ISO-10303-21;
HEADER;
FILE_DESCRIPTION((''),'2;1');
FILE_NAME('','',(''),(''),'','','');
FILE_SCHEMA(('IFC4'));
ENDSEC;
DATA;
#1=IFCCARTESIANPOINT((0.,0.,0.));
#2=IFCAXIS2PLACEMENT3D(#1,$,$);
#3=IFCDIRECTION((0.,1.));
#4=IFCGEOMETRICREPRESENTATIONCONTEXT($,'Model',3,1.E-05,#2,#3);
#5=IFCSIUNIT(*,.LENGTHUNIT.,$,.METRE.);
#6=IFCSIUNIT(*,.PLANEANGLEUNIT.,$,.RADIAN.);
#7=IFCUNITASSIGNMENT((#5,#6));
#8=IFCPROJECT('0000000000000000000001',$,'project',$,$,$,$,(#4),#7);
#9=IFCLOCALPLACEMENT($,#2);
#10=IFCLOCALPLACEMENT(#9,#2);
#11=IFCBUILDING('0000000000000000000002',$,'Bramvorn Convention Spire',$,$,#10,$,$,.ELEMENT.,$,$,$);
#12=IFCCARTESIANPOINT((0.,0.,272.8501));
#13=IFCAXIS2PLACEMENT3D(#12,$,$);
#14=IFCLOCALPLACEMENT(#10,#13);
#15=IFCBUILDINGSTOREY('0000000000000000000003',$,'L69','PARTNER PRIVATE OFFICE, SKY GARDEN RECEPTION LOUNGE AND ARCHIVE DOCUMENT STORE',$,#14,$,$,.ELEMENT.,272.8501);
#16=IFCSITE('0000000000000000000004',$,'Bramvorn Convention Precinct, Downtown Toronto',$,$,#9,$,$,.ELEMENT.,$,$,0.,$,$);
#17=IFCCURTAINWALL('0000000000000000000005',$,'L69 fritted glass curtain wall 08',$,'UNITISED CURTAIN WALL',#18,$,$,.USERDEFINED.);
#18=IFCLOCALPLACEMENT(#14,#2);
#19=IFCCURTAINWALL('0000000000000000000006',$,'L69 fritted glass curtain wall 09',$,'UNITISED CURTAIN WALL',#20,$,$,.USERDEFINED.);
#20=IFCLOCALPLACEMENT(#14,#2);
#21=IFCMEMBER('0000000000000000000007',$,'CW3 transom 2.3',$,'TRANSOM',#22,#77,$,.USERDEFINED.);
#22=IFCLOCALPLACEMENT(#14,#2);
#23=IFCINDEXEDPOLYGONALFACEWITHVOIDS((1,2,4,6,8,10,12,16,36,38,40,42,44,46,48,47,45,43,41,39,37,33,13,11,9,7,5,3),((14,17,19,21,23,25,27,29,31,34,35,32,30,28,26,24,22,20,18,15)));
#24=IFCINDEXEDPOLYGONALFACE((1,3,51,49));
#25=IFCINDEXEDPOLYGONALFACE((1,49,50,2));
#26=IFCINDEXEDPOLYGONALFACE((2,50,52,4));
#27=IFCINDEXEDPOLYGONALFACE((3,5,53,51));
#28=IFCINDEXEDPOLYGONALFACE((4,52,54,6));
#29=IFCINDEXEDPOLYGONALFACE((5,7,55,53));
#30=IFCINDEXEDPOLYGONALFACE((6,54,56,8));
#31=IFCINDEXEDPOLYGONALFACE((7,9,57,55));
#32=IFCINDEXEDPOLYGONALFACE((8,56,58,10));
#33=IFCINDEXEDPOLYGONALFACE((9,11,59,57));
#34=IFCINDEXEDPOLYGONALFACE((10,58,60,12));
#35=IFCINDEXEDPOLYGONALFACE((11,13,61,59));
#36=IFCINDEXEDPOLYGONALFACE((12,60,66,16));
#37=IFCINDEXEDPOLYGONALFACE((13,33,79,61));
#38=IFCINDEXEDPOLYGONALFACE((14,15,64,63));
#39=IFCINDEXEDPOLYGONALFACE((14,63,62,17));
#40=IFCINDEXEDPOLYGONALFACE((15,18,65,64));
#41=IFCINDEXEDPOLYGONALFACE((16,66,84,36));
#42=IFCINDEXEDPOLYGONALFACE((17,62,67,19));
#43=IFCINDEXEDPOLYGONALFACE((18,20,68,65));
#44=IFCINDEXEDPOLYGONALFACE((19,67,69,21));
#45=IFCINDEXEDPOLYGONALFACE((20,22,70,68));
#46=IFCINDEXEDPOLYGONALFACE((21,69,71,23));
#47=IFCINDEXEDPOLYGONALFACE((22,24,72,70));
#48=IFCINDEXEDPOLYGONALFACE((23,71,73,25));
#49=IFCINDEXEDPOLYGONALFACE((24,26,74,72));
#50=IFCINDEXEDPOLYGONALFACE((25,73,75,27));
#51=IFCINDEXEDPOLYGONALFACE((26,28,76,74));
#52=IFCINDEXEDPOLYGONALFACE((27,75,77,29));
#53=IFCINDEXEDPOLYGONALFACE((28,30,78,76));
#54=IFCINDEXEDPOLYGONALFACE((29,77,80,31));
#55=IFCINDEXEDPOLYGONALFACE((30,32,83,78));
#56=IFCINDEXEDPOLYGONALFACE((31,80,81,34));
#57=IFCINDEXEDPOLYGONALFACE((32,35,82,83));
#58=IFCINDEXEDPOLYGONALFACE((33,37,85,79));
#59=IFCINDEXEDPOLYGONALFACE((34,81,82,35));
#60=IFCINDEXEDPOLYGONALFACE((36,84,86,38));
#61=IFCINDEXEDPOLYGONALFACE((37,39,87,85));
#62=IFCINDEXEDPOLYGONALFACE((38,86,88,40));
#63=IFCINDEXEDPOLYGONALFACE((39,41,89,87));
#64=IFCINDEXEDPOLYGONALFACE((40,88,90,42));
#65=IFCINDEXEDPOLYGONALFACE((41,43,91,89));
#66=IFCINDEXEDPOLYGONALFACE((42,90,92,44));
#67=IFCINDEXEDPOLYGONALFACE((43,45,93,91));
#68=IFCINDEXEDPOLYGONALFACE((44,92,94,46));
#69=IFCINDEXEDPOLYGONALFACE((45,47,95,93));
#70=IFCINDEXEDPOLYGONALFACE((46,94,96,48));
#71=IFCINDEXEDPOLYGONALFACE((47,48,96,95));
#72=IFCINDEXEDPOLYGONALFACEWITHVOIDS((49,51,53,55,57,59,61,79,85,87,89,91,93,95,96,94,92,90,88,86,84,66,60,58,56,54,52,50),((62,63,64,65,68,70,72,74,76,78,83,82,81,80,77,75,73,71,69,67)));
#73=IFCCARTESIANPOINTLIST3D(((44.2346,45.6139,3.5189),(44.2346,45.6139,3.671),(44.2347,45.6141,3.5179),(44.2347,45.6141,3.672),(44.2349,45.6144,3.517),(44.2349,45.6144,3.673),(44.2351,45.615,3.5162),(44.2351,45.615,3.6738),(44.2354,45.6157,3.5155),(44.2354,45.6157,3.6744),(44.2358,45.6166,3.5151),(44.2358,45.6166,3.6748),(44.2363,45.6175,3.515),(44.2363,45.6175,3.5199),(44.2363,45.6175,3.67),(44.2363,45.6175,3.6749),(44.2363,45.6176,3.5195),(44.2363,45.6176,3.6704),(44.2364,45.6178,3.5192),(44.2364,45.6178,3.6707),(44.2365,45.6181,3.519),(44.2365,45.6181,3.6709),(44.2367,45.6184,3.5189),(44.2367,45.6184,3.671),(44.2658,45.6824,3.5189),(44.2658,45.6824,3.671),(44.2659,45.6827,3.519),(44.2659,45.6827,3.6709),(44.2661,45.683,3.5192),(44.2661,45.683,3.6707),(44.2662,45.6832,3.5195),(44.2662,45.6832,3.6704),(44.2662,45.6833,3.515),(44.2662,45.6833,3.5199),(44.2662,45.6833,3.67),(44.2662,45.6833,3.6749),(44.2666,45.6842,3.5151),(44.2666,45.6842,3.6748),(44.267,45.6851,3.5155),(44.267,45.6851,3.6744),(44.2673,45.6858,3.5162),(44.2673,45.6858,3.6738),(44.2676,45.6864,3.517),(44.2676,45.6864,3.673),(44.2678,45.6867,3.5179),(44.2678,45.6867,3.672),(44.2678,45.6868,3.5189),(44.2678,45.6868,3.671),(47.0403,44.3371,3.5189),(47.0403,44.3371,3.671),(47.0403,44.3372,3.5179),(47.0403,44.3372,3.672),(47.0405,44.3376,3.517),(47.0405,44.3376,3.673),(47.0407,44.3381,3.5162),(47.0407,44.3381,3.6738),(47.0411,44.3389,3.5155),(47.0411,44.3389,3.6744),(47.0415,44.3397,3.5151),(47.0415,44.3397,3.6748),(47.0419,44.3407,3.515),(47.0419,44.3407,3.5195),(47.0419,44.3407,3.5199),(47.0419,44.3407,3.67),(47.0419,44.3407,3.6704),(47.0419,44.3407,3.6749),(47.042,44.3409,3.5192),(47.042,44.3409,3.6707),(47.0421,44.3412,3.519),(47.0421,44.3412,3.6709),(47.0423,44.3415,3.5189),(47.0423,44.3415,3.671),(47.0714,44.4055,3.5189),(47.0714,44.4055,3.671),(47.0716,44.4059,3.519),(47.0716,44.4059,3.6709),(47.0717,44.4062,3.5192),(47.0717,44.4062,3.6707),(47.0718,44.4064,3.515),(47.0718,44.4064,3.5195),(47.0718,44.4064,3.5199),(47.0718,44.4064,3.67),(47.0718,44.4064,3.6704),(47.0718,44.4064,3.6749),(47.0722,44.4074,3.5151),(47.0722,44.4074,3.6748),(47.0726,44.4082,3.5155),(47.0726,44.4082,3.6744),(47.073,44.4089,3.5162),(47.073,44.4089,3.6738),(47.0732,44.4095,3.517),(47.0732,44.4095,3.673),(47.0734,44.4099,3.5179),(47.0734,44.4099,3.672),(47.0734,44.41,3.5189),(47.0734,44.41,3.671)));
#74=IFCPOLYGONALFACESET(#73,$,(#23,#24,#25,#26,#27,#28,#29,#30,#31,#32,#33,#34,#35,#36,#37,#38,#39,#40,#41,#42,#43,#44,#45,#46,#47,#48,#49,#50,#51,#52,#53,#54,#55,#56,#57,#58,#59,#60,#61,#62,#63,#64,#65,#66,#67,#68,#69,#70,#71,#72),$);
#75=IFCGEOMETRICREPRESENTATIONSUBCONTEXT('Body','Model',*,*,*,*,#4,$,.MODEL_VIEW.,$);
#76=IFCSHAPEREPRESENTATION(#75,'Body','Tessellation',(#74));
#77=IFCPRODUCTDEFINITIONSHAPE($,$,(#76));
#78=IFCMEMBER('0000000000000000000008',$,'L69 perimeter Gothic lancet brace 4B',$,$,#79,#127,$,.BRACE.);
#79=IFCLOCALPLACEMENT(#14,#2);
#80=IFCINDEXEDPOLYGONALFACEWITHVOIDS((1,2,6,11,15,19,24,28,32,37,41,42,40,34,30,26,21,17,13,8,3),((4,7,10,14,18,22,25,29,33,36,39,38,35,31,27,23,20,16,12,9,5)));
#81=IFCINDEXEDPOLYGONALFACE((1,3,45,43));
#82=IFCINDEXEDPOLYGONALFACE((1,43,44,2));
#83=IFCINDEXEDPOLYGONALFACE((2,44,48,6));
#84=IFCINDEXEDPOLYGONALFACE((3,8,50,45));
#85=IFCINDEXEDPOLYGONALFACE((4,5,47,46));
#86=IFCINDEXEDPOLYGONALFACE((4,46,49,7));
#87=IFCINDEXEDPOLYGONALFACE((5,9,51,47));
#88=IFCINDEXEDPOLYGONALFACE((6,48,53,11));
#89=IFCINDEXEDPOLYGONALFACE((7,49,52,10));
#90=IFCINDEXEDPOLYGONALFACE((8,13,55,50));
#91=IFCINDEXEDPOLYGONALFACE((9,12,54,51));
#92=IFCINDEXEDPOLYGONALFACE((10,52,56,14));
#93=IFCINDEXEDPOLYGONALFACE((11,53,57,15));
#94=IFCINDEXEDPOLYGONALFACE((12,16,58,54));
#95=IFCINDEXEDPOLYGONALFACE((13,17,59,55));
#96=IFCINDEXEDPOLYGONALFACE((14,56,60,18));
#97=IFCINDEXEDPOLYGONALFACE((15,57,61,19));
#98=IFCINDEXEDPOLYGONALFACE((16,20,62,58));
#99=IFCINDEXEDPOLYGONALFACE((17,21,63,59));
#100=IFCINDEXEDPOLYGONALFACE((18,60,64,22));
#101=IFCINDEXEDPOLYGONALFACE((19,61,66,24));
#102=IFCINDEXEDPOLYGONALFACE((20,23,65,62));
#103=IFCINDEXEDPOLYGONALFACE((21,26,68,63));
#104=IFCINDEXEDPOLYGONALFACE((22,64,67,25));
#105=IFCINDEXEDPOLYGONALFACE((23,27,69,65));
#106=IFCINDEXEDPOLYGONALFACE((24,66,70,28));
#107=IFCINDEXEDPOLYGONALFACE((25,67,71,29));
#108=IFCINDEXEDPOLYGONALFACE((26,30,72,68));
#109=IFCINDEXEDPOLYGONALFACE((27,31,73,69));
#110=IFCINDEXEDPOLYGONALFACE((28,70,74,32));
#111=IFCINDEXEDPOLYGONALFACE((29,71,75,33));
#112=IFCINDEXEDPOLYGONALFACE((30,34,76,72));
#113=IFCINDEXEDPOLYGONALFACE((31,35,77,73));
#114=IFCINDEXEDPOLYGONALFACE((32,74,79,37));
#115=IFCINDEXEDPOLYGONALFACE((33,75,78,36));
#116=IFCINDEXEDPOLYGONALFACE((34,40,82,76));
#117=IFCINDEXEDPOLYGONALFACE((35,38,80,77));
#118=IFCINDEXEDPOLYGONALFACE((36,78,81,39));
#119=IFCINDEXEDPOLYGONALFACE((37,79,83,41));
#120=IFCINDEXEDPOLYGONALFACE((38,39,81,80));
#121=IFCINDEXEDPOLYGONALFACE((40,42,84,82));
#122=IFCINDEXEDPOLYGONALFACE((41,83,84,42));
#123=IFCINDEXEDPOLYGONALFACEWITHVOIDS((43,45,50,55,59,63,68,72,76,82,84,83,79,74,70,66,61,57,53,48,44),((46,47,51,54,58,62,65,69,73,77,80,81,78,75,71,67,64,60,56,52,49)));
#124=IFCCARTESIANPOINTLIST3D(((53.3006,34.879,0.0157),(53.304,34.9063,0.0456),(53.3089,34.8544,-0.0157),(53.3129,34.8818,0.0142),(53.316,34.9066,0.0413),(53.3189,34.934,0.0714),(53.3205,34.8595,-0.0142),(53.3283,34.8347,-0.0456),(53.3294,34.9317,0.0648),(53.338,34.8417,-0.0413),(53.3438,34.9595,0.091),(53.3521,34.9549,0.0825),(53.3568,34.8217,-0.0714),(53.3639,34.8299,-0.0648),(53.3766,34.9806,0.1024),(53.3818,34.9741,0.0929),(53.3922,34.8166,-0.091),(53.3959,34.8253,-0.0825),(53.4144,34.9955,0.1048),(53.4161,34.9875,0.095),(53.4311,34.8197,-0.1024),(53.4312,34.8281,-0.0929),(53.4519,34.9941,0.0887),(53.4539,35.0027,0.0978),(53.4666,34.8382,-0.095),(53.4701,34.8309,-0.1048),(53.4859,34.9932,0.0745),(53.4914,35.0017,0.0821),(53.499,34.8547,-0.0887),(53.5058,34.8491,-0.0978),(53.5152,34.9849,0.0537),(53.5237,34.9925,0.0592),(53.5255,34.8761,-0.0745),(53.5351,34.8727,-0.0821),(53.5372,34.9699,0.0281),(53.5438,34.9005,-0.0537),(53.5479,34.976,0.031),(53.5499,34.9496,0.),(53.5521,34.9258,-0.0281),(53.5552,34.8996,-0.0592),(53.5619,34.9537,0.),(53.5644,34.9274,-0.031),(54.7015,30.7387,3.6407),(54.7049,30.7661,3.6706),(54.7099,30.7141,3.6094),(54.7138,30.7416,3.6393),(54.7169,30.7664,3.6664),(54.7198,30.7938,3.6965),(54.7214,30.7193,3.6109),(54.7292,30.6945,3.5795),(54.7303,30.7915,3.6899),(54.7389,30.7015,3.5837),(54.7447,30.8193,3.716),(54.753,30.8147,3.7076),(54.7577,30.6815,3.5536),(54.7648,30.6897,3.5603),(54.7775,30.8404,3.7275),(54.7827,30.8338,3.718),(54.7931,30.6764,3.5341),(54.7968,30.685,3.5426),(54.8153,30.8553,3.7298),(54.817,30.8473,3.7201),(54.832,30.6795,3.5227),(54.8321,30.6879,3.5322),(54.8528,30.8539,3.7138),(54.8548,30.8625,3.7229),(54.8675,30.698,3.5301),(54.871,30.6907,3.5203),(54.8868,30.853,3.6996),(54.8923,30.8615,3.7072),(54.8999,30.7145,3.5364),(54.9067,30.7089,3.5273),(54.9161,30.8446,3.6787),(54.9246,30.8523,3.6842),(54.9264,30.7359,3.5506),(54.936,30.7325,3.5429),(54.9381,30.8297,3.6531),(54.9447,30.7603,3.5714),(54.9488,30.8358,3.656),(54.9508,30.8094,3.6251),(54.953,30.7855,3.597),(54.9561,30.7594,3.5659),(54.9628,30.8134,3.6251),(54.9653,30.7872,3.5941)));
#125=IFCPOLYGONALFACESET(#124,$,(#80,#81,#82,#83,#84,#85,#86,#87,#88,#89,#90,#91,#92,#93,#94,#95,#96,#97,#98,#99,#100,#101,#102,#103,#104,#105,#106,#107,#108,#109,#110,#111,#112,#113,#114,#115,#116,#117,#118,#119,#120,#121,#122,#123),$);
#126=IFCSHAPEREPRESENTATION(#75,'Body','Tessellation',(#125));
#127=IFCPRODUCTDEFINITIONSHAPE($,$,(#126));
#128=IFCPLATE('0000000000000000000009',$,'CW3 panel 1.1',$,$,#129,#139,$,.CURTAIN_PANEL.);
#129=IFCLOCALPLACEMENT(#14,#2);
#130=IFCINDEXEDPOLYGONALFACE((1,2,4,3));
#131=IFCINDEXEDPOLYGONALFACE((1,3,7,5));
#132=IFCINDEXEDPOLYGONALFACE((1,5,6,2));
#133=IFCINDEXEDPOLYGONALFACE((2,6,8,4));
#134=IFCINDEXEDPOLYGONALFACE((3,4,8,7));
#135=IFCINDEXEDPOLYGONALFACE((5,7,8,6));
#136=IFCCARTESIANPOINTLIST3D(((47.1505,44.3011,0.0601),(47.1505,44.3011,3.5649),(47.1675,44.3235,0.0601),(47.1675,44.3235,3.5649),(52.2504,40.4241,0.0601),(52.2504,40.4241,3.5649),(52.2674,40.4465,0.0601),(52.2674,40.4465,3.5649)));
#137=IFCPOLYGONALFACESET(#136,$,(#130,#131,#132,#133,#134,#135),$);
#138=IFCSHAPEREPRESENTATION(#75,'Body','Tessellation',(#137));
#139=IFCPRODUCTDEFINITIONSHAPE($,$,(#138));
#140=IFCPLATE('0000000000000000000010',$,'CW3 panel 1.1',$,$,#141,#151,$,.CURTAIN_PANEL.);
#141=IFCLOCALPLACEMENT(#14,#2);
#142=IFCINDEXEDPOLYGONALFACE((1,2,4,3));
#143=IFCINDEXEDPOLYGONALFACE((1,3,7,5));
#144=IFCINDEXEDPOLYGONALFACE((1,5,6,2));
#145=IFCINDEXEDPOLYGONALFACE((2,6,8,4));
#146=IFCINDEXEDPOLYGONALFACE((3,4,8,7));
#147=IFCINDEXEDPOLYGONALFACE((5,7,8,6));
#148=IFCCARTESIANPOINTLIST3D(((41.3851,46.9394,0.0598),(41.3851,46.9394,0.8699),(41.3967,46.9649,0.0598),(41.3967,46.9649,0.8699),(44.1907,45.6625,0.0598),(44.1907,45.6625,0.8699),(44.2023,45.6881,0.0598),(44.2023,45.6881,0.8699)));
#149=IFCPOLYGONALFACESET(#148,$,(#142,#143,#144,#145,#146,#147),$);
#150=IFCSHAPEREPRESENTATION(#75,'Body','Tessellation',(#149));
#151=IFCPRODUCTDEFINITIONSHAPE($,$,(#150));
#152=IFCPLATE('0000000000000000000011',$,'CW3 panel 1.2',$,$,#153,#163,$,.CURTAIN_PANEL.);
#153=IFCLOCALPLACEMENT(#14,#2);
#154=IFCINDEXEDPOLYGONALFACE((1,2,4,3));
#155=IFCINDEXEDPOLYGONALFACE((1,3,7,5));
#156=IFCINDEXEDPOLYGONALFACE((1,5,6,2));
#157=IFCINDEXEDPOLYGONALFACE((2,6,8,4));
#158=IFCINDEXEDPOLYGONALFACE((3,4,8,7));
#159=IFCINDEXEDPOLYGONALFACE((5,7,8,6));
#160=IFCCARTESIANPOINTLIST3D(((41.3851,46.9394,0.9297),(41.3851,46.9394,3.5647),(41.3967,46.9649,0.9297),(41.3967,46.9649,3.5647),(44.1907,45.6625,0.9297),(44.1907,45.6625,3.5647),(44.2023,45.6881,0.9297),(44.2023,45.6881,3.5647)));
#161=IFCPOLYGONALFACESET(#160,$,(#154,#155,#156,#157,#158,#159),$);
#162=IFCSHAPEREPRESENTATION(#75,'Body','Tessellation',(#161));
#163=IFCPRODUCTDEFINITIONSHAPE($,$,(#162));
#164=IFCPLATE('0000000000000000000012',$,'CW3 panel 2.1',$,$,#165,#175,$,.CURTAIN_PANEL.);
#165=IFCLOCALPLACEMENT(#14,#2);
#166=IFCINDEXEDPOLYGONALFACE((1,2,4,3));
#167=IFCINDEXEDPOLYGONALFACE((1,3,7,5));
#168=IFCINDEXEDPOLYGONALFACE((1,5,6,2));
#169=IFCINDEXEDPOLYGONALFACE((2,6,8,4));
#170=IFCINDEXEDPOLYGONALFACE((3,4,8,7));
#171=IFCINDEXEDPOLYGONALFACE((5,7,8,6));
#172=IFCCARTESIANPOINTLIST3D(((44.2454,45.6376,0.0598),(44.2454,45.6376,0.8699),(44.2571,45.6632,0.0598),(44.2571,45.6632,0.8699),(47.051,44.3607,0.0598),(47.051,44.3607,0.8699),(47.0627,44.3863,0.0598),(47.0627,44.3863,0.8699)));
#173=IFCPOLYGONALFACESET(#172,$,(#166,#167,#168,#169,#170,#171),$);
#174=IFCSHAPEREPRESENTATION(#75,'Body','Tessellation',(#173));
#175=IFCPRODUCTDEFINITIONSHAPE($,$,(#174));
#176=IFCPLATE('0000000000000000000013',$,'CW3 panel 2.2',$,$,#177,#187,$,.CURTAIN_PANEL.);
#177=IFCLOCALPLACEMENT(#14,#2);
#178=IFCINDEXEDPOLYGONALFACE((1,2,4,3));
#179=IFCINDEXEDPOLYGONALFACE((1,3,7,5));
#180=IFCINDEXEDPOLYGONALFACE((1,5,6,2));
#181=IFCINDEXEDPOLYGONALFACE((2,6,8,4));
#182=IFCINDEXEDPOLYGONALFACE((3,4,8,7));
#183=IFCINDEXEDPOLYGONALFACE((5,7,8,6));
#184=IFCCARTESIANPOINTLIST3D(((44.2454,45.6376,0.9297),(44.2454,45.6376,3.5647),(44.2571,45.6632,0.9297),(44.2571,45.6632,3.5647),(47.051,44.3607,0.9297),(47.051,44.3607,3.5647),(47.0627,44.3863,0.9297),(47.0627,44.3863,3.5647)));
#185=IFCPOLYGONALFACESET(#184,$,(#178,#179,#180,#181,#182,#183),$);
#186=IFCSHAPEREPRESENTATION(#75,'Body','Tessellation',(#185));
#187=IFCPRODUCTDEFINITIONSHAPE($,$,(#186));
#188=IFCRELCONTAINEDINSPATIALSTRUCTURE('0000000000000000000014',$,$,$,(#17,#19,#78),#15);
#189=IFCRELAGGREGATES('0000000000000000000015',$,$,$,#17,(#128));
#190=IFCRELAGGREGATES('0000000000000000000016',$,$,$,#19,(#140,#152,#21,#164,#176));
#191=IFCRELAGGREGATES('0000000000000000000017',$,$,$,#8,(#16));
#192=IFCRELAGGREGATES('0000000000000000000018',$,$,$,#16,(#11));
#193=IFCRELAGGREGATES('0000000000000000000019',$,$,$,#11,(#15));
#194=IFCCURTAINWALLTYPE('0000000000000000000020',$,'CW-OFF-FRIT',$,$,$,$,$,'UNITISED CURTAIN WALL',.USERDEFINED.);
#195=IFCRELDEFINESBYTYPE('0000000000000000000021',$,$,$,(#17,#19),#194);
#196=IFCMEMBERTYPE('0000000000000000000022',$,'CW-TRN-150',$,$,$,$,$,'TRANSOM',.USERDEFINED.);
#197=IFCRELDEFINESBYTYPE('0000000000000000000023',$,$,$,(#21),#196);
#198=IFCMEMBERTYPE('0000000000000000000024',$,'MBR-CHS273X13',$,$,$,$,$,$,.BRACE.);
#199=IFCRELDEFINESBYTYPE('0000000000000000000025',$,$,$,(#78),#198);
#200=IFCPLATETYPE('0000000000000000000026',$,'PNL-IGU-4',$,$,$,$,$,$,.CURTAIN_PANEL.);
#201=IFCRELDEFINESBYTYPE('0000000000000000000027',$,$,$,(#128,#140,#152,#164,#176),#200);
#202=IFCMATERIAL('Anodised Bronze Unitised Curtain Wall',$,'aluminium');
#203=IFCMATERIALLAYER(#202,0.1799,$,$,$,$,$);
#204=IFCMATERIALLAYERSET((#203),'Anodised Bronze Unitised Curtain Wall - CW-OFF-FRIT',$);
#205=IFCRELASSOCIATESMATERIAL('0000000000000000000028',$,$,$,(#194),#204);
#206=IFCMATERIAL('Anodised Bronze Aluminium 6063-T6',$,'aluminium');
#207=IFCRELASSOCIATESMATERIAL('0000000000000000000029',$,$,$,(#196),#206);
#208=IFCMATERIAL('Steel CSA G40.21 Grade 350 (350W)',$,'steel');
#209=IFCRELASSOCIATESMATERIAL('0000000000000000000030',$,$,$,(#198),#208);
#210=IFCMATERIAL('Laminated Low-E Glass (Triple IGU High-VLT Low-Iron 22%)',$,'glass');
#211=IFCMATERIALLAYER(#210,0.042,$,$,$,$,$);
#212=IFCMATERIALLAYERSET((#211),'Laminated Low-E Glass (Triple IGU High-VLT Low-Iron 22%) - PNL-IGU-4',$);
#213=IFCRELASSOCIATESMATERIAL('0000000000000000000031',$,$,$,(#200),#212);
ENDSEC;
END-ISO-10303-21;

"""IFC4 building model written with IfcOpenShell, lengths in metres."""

from ifc_helpers import new_model, si_unit, direction, frame, origin, origin_2d, place, context, subcontext, project, spatial, rectangle, hollow_rectangle, hollow_circle, extrude, material, layer, layer_set, material_profile, profile_set, type_object, element, aggregate, save


model = new_model("IFC4")

# Units and contexts
model_context = context("Model", 3, precision=1e-05, world=origin(), true_north=direction((0.0, 1.0)))
body_context = subcontext(model_context, "Body", "Model", "MODEL_VIEW")
ifc_project = project(units=[si_unit("LENGTHUNIT", "METRE"), si_unit("PLANEANGLEUNIT", "RADIAN")], contexts=[model_context])

# Site, building, storey
site_placement = place(None, origin())
site = spatial("IfcSite", under=ifc_project, at=site_placement, Name="Bramvorn Convention Precinct, Downtown Toronto", CompositionType="ELEMENT", RefElevation=0.0)
building_placement = place(site_placement, origin())
building = spatial("IfcBuilding", under=site, at=building_placement, Name="Bramvorn Convention Spire", CompositionType="ELEMENT")
storey_placement = place(building_placement, frame((0.0, 0.0, 272.8501)))
storey = spatial("IfcBuildingStorey", under=building, at=storey_placement, Name="L69", Description="PARTNER PRIVATE OFFICE, SKY GARDEN RECEPTION LOUNGE AND ARCHIVE DOCUMENT STORE", CompositionType="ELEMENT", Elevation=272.8501)

# Shared definitions
ifc_material_1 = material(Name="Steel CSA G40.21 Grade 350 (350W)", Category="steel")

# Curtain walls
ifc_material_2 = material(Name="Anodised Bronze Unitised Curtain Wall", Category="aluminium")
ifc_layer_1 = layer(ifc_material_2, 0.1799)
ifc_layer_set_1 = layer_set([ifc_layer_1], Name="Anodised Bronze Unitised Curtain Wall - CW-OFF-FRIT")
curtain_wall_type = type_object("IfcCurtainWallType", Name="CW-OFF-FRIT", ElementType="UNITISED CURTAIN WALL", PredefinedType="USERDEFINED", material=ifc_layer_set_1)
curtain_wall_1_placement = place(storey_placement, origin())
curtain_wall_1 = element("IfcCurtainWall", 1, at=curtain_wall_1_placement, inside=storey, type_object=curtain_wall_type, Name="L69 fritted glass curtain wall 08", ObjectType="UNITISED CURTAIN WALL", PredefinedType="USERDEFINED")
ifc_material_3 = material(Name="Anodised Bronze Aluminium 6063-T6", Category="aluminium")
curtain_wall_2_placement = place(storey_placement, origin())
curtain_wall_2 = element("IfcCurtainWall", 2, at=curtain_wall_2_placement, inside=storey, type_object=curtain_wall_type, Name="L69 fritted glass curtain wall 09", ObjectType="UNITISED CURTAIN WALL", PredefinedType="USERDEFINED")

# Members
ifc_material_profile_1 = material_profile(ifc_material_3, hollow_rectangle(XDim=0.0801, YDim=0.1599, WallThickness=0.0039, InnerFilletRadius=0.001, OuterFilletRadius=0.0039, at=origin_2d()))
ifc_profile_set_1 = profile_set([ifc_material_profile_1], Name="Anodised Bronze Aluminium 6063-T6 - CWT80X160")
member_type_1 = type_object("IfcMemberType", Name="CW-TRN-150", ElementType="TRANSOM", PredefinedType="USERDEFINED", material=ifc_profile_set_1)
member_1_placement = place(storey_placement, frame((44.2512, 45.6504, 3.595), z_axis=(0.910177, -0.414221, 0.0), x_axis=(0.414221, 0.910177, 0.0)))
member_1 = element("IfcMember", 3, at=member_1_placement, type_object=member_type_1, Name="CW3 transom 2.3", ObjectType="TRANSOM", PredefinedType="USERDEFINED", context=body_context, shape_type="SweptSolid", body=[
    extrude(hollow_rectangle(XDim=0.0801, YDim=0.1599, WallThickness=0.0039, InnerFilletRadius=0.001, OuterFilletRadius=0.0039, at=origin_2d()), origin(), (0.0, 0.0, 1.0), 3.0825),
])
ifc_material_profile_2 = material_profile(ifc_material_1, hollow_circle(Radius=0.1365, WallThickness=0.0127, at=origin_2d()))
ifc_profile_set_2 = profile_set([ifc_material_profile_2], Name="Steel CSA G40.21 Grade 350 (350W) - CHS273X13")
member_type_2 = type_object("IfcMemberType", Name="MBR-CHS273X13", PredefinedType="BRACE", material=ifc_profile_set_2)
member_2_placement = place(storey_placement, frame((53.4326, 34.9099, 0.0), z_axis=(0.246705, -0.729107, 0.638388), x_axis=(0.947244, 0.320514, 0.0)))
element("IfcMember", 4, at=member_2_placement, inside=storey, type_object=member_type_2, Name="L69 perimeter Gothic lancet brace 4B", PredefinedType="BRACE", context=body_context, shape_type="SweptSolid", body=[
    extrude(hollow_circle(Radius=0.1365, WallThickness=0.0127, at=origin_2d()), origin(), (0.0, 0.0, 1.0), 5.6785),
])

# Plates
ifc_material_4 = material(Name="Laminated Low-E Glass (Triple IGU High-VLT Low-Iron 22%)", Category="glass")
ifc_layer_2 = layer(ifc_material_4, 0.042)
ifc_layer_set_2 = layer_set([ifc_layer_2], Name="Laminated Low-E Glass (Triple IGU High-VLT Low-Iron 22%) - PNL-IGU-4")
plate_type = type_object("IfcPlateType", Name="PNL-IGU-4", PredefinedType="CURTAIN_PANEL", material=ifc_layer_set_2)
plate_1_placement = place(storey_placement, frame((49.709, 42.3738, 0.0601), z_axis=(0.0, 0.0, 1.0), x_axis=(0.796081, -0.60519, 0.0)))
plate_1 = element("IfcPlate", 5, at=plate_1_placement, type_object=plate_type, Name="CW3 panel 1.1", PredefinedType="CURTAIN_PANEL", context=body_context, shape_type="SweptSolid", body=[
    extrude(rectangle(XDim=6.4062, YDim=0.0281, at=origin_2d()), origin(), (0.0, 0.0, 1.0), 3.5049),
])
aggregate(curtain_wall_1, [plate_1])
plate_2_placement = place(storey_placement, frame((42.7937, 46.3137, 0.0598), z_axis=(0.0, 0.0, 1.0), x_axis=(0.91017, -0.414235, 0.0)))
plate_2 = element("IfcPlate", 6, at=plate_2_placement, type_object=plate_type, Name="CW3 panel 1.1", PredefinedType="CURTAIN_PANEL", context=body_context, shape_type="SweptSolid", body=[
    extrude(rectangle(XDim=3.0825, YDim=0.0281, at=origin_2d()), origin(), (0.0, 0.0, 1.0), 0.8101),
])
plate_3_placement = place(storey_placement, frame((42.7937, 46.3137, 0.9297), z_axis=(0.0, 0.0, 1.0), x_axis=(0.91017, -0.414235, 0.0)))
plate_3 = element("IfcPlate", 7, at=plate_3_placement, type_object=plate_type, Name="CW3 panel 1.2", PredefinedType="CURTAIN_PANEL", context=body_context, shape_type="SweptSolid", body=[
    extrude(rectangle(XDim=3.0825, YDim=0.0281, at=origin_2d()), origin(), (0.0, 0.0, 1.0), 2.635),
])
plate_4_placement = place(storey_placement, frame((45.6541, 45.012, 0.0598), z_axis=(0.0, 0.0, 1.0), x_axis=(0.91017, -0.414235, 0.0)))
plate_4 = element("IfcPlate", 8, at=plate_4_placement, type_object=plate_type, Name="CW3 panel 2.1", PredefinedType="CURTAIN_PANEL", context=body_context, shape_type="SweptSolid", body=[
    extrude(rectangle(XDim=3.0825, YDim=0.0281, at=origin_2d()), origin(), (0.0, 0.0, 1.0), 0.8101),
])
plate_5_placement = place(storey_placement, frame((45.6541, 45.012, 0.9297), z_axis=(0.0, 0.0, 1.0), x_axis=(0.91017, -0.414235, 0.0)))
plate_5 = element("IfcPlate", 9, at=plate_5_placement, type_object=plate_type, Name="CW3 panel 2.2", PredefinedType="CURTAIN_PANEL", context=body_context, shape_type="SweptSolid", body=[
    extrude(rectangle(XDim=3.0825, YDim=0.0281, at=origin_2d()), origin(), (0.0, 0.0, 1.0), 2.635),
])
aggregate(curtain_wall_2, [plate_2, plate_3, member_1, plate_4, plate_5])

save(model, "model.ifc")
